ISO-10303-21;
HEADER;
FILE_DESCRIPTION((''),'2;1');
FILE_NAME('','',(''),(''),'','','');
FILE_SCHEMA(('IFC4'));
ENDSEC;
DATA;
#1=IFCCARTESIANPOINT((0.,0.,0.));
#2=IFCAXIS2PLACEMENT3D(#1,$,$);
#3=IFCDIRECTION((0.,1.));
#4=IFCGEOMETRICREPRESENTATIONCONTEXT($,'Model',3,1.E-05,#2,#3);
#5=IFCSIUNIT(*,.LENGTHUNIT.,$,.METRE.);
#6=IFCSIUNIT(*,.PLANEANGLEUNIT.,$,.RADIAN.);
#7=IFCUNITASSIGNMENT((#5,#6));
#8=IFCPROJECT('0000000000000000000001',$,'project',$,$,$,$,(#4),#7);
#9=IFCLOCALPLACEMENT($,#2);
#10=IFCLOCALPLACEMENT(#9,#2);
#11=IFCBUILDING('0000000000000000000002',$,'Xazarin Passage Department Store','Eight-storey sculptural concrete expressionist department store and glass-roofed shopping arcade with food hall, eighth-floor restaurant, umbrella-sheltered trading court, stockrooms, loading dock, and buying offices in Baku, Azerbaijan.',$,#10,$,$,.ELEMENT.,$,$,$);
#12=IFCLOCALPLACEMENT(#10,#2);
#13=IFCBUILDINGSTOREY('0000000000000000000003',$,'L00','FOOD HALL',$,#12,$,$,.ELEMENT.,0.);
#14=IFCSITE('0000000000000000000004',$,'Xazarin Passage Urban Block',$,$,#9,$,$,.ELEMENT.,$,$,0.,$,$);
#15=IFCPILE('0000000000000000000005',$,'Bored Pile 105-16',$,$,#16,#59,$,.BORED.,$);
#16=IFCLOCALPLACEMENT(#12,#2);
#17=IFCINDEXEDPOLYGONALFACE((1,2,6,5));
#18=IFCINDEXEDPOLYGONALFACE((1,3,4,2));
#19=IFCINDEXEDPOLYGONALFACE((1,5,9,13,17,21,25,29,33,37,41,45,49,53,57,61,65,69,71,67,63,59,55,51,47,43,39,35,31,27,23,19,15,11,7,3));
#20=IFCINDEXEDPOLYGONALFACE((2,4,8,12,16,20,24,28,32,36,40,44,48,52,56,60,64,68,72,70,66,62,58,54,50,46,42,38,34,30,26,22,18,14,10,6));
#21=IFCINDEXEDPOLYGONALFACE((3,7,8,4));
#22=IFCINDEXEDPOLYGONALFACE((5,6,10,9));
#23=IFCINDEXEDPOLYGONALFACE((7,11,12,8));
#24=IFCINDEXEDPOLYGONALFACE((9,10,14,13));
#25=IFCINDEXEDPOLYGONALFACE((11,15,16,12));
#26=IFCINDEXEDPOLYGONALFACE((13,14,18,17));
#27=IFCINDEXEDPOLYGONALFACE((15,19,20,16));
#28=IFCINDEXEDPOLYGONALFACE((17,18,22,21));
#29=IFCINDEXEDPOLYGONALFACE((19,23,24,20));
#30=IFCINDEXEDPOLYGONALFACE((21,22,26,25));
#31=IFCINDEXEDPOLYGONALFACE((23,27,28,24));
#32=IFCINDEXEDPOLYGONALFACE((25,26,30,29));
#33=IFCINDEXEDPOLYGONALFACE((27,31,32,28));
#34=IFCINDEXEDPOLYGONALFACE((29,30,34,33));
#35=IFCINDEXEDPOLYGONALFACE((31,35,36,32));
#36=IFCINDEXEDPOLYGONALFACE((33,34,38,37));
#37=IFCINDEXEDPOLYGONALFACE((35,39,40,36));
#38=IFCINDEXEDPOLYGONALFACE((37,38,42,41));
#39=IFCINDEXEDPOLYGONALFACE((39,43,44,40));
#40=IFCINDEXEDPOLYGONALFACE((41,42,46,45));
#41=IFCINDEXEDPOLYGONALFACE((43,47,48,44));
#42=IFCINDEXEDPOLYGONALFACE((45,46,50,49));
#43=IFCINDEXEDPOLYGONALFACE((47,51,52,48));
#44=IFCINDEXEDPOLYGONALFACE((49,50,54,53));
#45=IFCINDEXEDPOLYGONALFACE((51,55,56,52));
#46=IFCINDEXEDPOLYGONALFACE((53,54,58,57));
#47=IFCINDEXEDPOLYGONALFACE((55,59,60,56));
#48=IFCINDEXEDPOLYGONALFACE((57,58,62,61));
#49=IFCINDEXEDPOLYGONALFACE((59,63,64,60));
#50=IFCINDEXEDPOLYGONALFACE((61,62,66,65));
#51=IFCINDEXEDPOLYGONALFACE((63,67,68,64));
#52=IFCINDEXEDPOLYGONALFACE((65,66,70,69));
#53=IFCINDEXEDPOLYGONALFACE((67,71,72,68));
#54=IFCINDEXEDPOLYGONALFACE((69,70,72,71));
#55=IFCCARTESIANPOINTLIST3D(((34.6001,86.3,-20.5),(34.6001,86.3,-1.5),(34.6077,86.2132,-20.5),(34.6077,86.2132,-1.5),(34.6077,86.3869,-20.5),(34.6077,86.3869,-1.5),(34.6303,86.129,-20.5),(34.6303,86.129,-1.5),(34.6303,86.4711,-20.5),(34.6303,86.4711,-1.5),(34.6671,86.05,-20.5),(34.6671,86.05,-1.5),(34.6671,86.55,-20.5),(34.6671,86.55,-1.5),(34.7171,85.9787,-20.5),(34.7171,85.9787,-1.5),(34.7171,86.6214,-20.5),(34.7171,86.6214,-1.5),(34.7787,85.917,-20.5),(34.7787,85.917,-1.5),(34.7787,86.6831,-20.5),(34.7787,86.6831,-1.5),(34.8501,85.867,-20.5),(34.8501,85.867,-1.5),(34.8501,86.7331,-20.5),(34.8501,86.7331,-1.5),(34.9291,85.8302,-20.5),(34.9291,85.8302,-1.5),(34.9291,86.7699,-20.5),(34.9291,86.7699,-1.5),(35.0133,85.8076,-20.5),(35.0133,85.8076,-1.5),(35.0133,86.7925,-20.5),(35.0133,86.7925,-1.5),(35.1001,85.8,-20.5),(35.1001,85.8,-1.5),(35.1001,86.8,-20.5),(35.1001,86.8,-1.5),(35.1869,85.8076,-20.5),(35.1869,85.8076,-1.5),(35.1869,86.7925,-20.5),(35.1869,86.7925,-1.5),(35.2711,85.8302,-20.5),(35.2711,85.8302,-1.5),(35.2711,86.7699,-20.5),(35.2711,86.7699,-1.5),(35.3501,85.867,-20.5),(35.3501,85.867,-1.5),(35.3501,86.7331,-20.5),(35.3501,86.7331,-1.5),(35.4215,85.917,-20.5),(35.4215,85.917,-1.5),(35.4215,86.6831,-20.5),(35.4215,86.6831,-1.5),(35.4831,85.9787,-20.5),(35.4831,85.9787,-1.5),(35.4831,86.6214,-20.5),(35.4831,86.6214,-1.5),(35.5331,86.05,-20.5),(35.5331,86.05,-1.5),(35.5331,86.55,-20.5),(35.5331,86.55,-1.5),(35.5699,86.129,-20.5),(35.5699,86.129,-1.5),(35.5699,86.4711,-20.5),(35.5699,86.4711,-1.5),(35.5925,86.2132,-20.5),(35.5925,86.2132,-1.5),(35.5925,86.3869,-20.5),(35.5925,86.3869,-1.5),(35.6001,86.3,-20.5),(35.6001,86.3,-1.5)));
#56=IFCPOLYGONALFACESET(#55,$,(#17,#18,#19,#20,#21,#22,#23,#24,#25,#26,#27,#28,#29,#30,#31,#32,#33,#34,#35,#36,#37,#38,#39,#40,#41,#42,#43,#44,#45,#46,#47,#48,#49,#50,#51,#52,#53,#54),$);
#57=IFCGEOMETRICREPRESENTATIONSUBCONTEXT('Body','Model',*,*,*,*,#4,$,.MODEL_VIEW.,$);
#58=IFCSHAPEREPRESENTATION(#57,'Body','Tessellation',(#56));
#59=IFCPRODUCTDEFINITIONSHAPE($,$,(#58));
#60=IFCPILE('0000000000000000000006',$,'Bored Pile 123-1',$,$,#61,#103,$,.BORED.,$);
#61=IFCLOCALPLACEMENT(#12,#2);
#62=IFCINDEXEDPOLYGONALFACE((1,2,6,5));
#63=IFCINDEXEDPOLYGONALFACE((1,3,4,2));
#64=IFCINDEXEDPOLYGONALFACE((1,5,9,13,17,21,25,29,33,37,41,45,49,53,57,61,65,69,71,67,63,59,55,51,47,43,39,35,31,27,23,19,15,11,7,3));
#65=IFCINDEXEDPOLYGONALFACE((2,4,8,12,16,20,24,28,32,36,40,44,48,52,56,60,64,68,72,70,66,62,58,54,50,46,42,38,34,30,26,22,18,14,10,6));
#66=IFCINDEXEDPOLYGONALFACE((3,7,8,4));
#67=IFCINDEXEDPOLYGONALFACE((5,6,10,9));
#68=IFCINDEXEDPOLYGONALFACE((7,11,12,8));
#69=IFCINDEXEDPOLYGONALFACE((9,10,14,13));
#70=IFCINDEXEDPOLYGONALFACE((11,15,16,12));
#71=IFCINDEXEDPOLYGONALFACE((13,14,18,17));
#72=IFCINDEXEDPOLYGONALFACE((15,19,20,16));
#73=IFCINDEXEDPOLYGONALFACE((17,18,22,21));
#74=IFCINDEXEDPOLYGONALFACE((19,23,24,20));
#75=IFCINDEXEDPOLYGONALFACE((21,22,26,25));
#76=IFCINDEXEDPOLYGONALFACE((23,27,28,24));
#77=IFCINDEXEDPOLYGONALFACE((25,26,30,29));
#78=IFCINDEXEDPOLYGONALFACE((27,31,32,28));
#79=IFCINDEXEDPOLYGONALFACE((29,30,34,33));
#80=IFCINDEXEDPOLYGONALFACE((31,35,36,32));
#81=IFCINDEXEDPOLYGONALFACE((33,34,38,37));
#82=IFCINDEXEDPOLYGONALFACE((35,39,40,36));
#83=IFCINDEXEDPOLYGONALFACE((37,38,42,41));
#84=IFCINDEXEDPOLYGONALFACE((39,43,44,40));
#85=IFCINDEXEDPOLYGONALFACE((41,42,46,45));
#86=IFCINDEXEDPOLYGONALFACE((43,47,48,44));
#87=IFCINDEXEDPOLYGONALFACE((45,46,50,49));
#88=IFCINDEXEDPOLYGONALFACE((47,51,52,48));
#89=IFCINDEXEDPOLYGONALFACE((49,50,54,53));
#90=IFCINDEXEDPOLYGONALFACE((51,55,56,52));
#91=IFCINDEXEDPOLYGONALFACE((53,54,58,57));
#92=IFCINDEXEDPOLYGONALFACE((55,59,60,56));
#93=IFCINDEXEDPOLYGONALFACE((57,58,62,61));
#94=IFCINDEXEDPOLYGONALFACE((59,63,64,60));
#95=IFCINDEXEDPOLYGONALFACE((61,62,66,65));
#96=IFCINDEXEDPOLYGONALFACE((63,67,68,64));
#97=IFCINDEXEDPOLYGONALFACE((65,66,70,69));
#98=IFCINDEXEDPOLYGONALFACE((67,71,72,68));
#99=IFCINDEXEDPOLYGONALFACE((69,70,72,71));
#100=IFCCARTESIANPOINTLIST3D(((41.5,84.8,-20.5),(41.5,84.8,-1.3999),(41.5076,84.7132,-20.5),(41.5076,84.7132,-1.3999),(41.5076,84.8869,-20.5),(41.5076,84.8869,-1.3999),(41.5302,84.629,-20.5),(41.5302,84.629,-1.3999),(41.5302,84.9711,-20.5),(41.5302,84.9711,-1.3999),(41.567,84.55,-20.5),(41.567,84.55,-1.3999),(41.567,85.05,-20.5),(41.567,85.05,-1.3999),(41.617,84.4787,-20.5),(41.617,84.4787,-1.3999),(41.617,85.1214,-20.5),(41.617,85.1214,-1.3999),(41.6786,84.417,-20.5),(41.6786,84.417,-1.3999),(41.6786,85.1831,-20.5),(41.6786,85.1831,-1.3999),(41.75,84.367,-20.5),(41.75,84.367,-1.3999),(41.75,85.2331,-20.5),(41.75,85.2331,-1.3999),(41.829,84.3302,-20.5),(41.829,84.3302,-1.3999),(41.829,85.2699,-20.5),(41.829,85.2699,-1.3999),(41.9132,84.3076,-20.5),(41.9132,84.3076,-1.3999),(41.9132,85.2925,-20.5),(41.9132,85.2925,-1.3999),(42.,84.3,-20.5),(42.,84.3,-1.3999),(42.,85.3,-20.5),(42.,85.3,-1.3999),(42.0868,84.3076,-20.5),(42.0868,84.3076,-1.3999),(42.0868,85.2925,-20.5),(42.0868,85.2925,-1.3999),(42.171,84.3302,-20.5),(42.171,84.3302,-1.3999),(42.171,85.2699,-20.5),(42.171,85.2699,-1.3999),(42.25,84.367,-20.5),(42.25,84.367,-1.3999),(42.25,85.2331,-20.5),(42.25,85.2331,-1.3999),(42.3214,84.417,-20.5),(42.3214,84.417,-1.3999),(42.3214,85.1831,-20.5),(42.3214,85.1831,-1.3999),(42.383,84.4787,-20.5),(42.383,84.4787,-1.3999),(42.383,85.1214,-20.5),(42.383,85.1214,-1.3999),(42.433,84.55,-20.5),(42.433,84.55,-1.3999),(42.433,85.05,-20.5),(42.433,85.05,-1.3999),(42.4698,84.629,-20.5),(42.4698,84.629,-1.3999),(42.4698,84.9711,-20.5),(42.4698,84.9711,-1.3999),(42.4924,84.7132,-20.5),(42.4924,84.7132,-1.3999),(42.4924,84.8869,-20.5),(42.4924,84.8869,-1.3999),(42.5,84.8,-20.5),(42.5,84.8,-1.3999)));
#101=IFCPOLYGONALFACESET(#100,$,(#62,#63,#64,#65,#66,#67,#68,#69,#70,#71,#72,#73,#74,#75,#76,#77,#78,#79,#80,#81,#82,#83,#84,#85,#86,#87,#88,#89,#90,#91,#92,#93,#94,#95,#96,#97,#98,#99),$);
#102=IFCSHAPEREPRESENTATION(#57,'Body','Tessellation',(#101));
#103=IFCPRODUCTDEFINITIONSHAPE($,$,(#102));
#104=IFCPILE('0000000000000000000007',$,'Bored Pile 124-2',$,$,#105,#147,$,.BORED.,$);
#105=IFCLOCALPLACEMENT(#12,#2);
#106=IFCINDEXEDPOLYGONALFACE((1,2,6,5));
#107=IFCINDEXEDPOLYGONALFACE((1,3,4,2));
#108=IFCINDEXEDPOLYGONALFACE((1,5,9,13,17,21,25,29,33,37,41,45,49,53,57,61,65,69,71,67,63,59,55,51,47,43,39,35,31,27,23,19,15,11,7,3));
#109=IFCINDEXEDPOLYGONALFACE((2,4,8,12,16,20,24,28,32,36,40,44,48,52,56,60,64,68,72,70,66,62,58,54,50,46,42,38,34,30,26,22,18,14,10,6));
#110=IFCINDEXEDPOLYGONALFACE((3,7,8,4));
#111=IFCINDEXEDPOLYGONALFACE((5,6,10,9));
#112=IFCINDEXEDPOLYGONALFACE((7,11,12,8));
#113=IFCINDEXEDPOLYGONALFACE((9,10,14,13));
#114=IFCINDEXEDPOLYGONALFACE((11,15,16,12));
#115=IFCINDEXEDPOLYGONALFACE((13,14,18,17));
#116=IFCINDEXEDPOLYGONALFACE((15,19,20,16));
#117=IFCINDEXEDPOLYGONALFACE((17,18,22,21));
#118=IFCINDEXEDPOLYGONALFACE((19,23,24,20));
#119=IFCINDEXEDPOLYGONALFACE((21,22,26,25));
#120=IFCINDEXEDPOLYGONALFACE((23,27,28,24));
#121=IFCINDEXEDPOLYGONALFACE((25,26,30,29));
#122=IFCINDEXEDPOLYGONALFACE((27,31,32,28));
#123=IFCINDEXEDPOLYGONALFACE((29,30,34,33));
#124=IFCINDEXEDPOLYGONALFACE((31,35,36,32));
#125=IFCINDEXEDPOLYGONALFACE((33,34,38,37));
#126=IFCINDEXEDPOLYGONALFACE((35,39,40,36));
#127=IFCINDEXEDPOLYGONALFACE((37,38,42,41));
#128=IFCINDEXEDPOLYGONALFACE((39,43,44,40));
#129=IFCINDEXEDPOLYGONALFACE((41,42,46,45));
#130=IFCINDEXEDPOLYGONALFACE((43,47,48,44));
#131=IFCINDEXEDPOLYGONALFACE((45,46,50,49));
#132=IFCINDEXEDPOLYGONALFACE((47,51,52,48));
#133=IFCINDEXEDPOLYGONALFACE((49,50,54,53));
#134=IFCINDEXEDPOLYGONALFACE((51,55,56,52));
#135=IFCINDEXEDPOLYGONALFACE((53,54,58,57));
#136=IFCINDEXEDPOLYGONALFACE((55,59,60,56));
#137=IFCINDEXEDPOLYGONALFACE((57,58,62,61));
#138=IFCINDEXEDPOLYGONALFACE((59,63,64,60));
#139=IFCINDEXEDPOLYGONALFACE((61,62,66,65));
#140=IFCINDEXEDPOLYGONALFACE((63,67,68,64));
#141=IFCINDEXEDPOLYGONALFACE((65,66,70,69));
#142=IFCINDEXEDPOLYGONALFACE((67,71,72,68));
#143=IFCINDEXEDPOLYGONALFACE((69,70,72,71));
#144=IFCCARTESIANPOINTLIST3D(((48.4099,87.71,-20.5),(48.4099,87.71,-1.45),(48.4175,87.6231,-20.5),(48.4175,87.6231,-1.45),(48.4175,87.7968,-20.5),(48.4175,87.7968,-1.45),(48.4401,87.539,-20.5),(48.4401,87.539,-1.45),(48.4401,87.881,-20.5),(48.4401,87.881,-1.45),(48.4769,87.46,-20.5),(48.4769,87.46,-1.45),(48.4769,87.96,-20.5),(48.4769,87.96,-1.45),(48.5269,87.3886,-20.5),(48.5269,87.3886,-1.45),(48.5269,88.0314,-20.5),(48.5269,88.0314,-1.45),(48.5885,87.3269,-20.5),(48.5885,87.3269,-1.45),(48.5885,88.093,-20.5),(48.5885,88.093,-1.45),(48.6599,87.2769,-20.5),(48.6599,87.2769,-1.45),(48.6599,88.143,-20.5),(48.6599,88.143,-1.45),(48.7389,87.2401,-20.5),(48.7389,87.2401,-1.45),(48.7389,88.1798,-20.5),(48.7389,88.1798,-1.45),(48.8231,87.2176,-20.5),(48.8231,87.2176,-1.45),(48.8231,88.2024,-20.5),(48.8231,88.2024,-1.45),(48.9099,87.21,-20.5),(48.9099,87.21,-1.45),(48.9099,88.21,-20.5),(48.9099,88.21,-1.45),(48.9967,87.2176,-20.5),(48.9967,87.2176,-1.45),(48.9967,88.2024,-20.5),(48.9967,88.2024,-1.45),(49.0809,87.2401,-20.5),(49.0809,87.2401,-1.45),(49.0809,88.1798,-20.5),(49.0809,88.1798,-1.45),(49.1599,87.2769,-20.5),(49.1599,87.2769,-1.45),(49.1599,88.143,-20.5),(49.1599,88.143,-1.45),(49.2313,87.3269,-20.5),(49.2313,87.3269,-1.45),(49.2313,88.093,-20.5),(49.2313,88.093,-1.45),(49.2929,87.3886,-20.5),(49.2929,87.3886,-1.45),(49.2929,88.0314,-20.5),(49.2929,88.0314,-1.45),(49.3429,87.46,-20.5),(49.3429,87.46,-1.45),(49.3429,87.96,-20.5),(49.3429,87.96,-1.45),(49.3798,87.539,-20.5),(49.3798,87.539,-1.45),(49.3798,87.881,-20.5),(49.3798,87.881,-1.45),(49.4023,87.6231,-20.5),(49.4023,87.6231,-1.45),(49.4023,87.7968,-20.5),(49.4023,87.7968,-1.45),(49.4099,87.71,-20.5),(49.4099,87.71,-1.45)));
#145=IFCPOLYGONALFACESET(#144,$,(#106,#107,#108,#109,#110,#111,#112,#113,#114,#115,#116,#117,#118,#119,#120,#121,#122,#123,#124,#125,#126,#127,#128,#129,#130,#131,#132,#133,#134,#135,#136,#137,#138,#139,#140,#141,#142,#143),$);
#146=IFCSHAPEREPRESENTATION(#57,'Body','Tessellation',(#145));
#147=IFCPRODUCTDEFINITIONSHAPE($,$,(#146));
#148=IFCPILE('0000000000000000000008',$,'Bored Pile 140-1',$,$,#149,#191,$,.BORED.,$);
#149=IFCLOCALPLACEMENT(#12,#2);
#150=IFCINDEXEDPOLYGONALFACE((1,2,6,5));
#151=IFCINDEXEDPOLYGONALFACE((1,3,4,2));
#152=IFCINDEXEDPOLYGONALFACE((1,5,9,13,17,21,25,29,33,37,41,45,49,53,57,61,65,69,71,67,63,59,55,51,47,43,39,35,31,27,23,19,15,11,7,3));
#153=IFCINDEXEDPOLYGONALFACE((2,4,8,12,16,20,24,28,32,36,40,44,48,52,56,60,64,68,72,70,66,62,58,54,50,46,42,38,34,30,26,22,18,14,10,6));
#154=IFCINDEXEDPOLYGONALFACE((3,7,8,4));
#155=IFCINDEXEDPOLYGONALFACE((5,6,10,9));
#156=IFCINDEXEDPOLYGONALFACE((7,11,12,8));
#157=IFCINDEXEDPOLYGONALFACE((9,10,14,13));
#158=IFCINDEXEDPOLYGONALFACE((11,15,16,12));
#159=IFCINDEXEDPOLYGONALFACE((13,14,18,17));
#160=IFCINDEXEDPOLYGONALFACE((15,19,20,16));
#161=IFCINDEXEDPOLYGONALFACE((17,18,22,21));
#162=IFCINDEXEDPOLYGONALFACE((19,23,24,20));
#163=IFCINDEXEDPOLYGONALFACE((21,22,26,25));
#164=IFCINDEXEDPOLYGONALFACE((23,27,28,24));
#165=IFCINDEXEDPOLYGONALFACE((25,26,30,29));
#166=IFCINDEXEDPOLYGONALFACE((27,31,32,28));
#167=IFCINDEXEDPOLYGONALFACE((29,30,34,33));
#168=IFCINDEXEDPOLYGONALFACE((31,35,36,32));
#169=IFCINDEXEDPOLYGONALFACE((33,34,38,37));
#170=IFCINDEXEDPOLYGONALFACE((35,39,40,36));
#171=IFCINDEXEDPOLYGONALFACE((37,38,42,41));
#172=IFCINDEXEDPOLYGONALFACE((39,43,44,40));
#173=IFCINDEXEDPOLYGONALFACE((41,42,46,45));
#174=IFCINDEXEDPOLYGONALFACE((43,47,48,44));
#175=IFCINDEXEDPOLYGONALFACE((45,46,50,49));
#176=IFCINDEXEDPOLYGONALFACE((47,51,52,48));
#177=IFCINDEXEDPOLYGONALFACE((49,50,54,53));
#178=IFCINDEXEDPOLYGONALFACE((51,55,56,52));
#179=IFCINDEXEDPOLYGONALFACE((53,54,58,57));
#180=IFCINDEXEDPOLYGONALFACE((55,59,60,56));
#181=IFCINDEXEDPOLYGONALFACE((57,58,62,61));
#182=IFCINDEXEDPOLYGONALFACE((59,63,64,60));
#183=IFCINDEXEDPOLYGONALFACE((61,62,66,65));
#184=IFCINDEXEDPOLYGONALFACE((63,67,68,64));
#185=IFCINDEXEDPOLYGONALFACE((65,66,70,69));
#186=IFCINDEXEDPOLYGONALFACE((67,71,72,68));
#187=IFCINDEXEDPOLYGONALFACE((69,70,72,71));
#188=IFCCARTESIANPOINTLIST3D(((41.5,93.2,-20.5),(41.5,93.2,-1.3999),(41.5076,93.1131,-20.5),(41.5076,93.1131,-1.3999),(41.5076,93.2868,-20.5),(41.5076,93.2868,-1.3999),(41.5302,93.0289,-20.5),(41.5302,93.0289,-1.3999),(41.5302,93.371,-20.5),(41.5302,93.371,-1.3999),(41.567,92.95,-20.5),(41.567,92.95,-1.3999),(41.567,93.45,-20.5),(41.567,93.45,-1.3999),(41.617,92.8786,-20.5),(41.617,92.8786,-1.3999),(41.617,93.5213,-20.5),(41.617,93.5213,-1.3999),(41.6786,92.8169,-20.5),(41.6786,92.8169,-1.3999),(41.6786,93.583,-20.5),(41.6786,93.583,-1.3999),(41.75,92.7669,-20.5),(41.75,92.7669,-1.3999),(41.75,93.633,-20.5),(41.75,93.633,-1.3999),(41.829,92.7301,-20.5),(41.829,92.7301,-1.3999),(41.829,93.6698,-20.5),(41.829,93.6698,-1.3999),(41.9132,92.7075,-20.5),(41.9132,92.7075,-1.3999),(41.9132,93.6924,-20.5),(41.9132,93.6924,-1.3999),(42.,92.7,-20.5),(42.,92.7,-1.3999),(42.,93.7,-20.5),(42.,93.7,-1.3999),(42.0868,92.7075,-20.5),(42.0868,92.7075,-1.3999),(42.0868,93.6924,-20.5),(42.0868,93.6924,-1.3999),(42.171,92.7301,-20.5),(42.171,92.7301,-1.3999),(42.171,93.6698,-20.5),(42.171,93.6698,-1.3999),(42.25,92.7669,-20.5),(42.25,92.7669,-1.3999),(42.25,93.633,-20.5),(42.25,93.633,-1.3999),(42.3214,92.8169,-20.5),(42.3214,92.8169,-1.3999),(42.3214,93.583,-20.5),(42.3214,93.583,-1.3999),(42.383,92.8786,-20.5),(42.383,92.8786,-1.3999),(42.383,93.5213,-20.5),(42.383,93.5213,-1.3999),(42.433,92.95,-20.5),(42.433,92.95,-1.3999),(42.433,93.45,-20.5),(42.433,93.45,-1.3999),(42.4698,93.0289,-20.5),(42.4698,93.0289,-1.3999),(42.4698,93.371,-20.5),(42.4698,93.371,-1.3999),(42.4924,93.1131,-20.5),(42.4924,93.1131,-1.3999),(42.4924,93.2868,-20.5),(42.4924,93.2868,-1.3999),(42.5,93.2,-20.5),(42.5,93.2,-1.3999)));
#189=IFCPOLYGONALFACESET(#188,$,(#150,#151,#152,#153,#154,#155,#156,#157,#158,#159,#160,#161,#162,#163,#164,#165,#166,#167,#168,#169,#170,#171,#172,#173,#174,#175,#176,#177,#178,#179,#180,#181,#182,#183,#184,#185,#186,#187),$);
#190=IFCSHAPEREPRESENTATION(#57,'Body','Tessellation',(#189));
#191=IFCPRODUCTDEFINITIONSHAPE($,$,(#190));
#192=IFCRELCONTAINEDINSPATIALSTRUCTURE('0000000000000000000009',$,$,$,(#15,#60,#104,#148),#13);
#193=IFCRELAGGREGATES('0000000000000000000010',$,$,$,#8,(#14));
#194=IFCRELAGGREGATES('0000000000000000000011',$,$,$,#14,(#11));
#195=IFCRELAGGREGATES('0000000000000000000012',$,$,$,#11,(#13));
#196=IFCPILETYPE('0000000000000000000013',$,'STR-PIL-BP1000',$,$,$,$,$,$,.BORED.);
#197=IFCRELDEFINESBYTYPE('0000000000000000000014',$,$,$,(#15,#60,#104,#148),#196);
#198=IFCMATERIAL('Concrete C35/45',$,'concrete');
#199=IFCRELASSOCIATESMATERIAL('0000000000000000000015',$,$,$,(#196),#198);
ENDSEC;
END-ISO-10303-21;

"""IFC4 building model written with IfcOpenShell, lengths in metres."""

from ifc_helpers import new_model, si_unit, direction, frame, origin, origin_2d, place, context, subcontext, project, spatial, circle, extrude, material, material_profile, profile_set, type_object, element, save


model = new_model("IFC4")

# Units and contexts
model_context = context("Model", 3, precision=1e-05, world=origin(), true_north=direction((0.0, 1.0)))
body_context = subcontext(model_context, "Body", "Model", "MODEL_VIEW")
ifc_project = project(units=[si_unit("LENGTHUNIT", "METRE"), si_unit("PLANEANGLEUNIT", "RADIAN")], contexts=[model_context])

# Site, building, storey
site_placement = place(None, origin())
site = spatial("IfcSite", under=ifc_project, at=site_placement, Name="Xazarin Passage Urban Block", CompositionType="ELEMENT", RefElevation=0.0)
building_placement = place(site_placement, origin())
building = spatial("IfcBuilding", under=site, at=building_placement, Name="Xazarin Passage Department Store", Description="Eight-storey sculptural concrete expressionist department store and glass-roofed shopping arcade with food hall, eighth-floor restaurant, umbrella-sheltered trading court, stockrooms, loading dock, and buying offices in Baku, Azerbaijan.", CompositionType="ELEMENT")
storey_placement = place(building_placement, origin())
storey = spatial("IfcBuildingStorey", under=building, at=storey_placement, Name="L00", Description="FOOD HALL", CompositionType="ELEMENT", Elevation=0.0)

# Shared definitions
ifc_material_1 = material(Name="Concrete C35/45", Category="concrete")

# Piles
ifc_material_profile_1 = material_profile(ifc_material_1, circle(Radius=0.5, at=origin_2d()), Name="BP 1000")
ifc_profile_set_1 = profile_set([ifc_material_profile_1], Name="Concrete C35/45")
pile_type_1 = type_object("IfcPileType", Name="STR-PIL-BP1000", PredefinedType="BORED", material=ifc_profile_set_1)
for number, where, z_axis, x_axis, name in (
    (1, (35.1001, 86.3, -1.5), (0.0, 0.0, -1.0), (1.0, 0.0, 0.0), "Bored Pile 105-16"),
):
    element("IfcPile", number, at=place(storey_placement, frame(where, z_axis=z_axis, x_axis=x_axis)), inside=storey, type_object=pile_type_1, Name=name, PredefinedType="BORED", context=body_context, shape_type="SweptSolid", body=[
        extrude(circle(Radius=0.5, at=origin_2d()), origin(), (0.0, 0.0, 1.0), 19.0),
    ])
pile_1_placement = place(storey_placement, frame((42.0, 84.8, -1.3999), z_axis=(0.0, 0.0, -1.0), x_axis=(1.0, 0.0, 0.0)))
element("IfcPile", 2, at=pile_1_placement, inside=storey, type_object=pile_type_1, Name="Bored Pile 123-1", PredefinedType="BORED", context=body_context, shape_type="SweptSolid", body=[
    extrude(circle(Radius=0.5, at=origin_2d()), origin(), (0.0, 0.0, 1.0), 19.1001),
])
pile_2_placement = place(storey_placement, frame((48.9099, 87.71, -1.45), z_axis=(0.0, 0.0, -1.0), x_axis=(1.0, 0.0, 0.0)))
element("IfcPile", 3, at=pile_2_placement, inside=storey, type_object=pile_type_1, Name="Bored Pile 124-2", PredefinedType="BORED", context=body_context, shape_type="SweptSolid", body=[
    extrude(circle(Radius=0.5, at=origin_2d()), origin(), (0.0, 0.0, 1.0), 19.05),
])
pile_3_placement = place(storey_placement, frame((42.0, 93.2, -1.3999), z_axis=(0.0, 0.0, -1.0), x_axis=(1.0, 0.0, 0.0)))
element("IfcPile", 4, at=pile_3_placement, inside=storey, type_object=pile_type_1, Name="Bored Pile 140-1", PredefinedType="BORED", context=body_context, shape_type="SweptSolid", body=[
    extrude(circle(Radius=0.5, at=origin_2d()), origin(), (0.0, 0.0, 1.0), 19.1001),
])

save(model, "model.ifc")
